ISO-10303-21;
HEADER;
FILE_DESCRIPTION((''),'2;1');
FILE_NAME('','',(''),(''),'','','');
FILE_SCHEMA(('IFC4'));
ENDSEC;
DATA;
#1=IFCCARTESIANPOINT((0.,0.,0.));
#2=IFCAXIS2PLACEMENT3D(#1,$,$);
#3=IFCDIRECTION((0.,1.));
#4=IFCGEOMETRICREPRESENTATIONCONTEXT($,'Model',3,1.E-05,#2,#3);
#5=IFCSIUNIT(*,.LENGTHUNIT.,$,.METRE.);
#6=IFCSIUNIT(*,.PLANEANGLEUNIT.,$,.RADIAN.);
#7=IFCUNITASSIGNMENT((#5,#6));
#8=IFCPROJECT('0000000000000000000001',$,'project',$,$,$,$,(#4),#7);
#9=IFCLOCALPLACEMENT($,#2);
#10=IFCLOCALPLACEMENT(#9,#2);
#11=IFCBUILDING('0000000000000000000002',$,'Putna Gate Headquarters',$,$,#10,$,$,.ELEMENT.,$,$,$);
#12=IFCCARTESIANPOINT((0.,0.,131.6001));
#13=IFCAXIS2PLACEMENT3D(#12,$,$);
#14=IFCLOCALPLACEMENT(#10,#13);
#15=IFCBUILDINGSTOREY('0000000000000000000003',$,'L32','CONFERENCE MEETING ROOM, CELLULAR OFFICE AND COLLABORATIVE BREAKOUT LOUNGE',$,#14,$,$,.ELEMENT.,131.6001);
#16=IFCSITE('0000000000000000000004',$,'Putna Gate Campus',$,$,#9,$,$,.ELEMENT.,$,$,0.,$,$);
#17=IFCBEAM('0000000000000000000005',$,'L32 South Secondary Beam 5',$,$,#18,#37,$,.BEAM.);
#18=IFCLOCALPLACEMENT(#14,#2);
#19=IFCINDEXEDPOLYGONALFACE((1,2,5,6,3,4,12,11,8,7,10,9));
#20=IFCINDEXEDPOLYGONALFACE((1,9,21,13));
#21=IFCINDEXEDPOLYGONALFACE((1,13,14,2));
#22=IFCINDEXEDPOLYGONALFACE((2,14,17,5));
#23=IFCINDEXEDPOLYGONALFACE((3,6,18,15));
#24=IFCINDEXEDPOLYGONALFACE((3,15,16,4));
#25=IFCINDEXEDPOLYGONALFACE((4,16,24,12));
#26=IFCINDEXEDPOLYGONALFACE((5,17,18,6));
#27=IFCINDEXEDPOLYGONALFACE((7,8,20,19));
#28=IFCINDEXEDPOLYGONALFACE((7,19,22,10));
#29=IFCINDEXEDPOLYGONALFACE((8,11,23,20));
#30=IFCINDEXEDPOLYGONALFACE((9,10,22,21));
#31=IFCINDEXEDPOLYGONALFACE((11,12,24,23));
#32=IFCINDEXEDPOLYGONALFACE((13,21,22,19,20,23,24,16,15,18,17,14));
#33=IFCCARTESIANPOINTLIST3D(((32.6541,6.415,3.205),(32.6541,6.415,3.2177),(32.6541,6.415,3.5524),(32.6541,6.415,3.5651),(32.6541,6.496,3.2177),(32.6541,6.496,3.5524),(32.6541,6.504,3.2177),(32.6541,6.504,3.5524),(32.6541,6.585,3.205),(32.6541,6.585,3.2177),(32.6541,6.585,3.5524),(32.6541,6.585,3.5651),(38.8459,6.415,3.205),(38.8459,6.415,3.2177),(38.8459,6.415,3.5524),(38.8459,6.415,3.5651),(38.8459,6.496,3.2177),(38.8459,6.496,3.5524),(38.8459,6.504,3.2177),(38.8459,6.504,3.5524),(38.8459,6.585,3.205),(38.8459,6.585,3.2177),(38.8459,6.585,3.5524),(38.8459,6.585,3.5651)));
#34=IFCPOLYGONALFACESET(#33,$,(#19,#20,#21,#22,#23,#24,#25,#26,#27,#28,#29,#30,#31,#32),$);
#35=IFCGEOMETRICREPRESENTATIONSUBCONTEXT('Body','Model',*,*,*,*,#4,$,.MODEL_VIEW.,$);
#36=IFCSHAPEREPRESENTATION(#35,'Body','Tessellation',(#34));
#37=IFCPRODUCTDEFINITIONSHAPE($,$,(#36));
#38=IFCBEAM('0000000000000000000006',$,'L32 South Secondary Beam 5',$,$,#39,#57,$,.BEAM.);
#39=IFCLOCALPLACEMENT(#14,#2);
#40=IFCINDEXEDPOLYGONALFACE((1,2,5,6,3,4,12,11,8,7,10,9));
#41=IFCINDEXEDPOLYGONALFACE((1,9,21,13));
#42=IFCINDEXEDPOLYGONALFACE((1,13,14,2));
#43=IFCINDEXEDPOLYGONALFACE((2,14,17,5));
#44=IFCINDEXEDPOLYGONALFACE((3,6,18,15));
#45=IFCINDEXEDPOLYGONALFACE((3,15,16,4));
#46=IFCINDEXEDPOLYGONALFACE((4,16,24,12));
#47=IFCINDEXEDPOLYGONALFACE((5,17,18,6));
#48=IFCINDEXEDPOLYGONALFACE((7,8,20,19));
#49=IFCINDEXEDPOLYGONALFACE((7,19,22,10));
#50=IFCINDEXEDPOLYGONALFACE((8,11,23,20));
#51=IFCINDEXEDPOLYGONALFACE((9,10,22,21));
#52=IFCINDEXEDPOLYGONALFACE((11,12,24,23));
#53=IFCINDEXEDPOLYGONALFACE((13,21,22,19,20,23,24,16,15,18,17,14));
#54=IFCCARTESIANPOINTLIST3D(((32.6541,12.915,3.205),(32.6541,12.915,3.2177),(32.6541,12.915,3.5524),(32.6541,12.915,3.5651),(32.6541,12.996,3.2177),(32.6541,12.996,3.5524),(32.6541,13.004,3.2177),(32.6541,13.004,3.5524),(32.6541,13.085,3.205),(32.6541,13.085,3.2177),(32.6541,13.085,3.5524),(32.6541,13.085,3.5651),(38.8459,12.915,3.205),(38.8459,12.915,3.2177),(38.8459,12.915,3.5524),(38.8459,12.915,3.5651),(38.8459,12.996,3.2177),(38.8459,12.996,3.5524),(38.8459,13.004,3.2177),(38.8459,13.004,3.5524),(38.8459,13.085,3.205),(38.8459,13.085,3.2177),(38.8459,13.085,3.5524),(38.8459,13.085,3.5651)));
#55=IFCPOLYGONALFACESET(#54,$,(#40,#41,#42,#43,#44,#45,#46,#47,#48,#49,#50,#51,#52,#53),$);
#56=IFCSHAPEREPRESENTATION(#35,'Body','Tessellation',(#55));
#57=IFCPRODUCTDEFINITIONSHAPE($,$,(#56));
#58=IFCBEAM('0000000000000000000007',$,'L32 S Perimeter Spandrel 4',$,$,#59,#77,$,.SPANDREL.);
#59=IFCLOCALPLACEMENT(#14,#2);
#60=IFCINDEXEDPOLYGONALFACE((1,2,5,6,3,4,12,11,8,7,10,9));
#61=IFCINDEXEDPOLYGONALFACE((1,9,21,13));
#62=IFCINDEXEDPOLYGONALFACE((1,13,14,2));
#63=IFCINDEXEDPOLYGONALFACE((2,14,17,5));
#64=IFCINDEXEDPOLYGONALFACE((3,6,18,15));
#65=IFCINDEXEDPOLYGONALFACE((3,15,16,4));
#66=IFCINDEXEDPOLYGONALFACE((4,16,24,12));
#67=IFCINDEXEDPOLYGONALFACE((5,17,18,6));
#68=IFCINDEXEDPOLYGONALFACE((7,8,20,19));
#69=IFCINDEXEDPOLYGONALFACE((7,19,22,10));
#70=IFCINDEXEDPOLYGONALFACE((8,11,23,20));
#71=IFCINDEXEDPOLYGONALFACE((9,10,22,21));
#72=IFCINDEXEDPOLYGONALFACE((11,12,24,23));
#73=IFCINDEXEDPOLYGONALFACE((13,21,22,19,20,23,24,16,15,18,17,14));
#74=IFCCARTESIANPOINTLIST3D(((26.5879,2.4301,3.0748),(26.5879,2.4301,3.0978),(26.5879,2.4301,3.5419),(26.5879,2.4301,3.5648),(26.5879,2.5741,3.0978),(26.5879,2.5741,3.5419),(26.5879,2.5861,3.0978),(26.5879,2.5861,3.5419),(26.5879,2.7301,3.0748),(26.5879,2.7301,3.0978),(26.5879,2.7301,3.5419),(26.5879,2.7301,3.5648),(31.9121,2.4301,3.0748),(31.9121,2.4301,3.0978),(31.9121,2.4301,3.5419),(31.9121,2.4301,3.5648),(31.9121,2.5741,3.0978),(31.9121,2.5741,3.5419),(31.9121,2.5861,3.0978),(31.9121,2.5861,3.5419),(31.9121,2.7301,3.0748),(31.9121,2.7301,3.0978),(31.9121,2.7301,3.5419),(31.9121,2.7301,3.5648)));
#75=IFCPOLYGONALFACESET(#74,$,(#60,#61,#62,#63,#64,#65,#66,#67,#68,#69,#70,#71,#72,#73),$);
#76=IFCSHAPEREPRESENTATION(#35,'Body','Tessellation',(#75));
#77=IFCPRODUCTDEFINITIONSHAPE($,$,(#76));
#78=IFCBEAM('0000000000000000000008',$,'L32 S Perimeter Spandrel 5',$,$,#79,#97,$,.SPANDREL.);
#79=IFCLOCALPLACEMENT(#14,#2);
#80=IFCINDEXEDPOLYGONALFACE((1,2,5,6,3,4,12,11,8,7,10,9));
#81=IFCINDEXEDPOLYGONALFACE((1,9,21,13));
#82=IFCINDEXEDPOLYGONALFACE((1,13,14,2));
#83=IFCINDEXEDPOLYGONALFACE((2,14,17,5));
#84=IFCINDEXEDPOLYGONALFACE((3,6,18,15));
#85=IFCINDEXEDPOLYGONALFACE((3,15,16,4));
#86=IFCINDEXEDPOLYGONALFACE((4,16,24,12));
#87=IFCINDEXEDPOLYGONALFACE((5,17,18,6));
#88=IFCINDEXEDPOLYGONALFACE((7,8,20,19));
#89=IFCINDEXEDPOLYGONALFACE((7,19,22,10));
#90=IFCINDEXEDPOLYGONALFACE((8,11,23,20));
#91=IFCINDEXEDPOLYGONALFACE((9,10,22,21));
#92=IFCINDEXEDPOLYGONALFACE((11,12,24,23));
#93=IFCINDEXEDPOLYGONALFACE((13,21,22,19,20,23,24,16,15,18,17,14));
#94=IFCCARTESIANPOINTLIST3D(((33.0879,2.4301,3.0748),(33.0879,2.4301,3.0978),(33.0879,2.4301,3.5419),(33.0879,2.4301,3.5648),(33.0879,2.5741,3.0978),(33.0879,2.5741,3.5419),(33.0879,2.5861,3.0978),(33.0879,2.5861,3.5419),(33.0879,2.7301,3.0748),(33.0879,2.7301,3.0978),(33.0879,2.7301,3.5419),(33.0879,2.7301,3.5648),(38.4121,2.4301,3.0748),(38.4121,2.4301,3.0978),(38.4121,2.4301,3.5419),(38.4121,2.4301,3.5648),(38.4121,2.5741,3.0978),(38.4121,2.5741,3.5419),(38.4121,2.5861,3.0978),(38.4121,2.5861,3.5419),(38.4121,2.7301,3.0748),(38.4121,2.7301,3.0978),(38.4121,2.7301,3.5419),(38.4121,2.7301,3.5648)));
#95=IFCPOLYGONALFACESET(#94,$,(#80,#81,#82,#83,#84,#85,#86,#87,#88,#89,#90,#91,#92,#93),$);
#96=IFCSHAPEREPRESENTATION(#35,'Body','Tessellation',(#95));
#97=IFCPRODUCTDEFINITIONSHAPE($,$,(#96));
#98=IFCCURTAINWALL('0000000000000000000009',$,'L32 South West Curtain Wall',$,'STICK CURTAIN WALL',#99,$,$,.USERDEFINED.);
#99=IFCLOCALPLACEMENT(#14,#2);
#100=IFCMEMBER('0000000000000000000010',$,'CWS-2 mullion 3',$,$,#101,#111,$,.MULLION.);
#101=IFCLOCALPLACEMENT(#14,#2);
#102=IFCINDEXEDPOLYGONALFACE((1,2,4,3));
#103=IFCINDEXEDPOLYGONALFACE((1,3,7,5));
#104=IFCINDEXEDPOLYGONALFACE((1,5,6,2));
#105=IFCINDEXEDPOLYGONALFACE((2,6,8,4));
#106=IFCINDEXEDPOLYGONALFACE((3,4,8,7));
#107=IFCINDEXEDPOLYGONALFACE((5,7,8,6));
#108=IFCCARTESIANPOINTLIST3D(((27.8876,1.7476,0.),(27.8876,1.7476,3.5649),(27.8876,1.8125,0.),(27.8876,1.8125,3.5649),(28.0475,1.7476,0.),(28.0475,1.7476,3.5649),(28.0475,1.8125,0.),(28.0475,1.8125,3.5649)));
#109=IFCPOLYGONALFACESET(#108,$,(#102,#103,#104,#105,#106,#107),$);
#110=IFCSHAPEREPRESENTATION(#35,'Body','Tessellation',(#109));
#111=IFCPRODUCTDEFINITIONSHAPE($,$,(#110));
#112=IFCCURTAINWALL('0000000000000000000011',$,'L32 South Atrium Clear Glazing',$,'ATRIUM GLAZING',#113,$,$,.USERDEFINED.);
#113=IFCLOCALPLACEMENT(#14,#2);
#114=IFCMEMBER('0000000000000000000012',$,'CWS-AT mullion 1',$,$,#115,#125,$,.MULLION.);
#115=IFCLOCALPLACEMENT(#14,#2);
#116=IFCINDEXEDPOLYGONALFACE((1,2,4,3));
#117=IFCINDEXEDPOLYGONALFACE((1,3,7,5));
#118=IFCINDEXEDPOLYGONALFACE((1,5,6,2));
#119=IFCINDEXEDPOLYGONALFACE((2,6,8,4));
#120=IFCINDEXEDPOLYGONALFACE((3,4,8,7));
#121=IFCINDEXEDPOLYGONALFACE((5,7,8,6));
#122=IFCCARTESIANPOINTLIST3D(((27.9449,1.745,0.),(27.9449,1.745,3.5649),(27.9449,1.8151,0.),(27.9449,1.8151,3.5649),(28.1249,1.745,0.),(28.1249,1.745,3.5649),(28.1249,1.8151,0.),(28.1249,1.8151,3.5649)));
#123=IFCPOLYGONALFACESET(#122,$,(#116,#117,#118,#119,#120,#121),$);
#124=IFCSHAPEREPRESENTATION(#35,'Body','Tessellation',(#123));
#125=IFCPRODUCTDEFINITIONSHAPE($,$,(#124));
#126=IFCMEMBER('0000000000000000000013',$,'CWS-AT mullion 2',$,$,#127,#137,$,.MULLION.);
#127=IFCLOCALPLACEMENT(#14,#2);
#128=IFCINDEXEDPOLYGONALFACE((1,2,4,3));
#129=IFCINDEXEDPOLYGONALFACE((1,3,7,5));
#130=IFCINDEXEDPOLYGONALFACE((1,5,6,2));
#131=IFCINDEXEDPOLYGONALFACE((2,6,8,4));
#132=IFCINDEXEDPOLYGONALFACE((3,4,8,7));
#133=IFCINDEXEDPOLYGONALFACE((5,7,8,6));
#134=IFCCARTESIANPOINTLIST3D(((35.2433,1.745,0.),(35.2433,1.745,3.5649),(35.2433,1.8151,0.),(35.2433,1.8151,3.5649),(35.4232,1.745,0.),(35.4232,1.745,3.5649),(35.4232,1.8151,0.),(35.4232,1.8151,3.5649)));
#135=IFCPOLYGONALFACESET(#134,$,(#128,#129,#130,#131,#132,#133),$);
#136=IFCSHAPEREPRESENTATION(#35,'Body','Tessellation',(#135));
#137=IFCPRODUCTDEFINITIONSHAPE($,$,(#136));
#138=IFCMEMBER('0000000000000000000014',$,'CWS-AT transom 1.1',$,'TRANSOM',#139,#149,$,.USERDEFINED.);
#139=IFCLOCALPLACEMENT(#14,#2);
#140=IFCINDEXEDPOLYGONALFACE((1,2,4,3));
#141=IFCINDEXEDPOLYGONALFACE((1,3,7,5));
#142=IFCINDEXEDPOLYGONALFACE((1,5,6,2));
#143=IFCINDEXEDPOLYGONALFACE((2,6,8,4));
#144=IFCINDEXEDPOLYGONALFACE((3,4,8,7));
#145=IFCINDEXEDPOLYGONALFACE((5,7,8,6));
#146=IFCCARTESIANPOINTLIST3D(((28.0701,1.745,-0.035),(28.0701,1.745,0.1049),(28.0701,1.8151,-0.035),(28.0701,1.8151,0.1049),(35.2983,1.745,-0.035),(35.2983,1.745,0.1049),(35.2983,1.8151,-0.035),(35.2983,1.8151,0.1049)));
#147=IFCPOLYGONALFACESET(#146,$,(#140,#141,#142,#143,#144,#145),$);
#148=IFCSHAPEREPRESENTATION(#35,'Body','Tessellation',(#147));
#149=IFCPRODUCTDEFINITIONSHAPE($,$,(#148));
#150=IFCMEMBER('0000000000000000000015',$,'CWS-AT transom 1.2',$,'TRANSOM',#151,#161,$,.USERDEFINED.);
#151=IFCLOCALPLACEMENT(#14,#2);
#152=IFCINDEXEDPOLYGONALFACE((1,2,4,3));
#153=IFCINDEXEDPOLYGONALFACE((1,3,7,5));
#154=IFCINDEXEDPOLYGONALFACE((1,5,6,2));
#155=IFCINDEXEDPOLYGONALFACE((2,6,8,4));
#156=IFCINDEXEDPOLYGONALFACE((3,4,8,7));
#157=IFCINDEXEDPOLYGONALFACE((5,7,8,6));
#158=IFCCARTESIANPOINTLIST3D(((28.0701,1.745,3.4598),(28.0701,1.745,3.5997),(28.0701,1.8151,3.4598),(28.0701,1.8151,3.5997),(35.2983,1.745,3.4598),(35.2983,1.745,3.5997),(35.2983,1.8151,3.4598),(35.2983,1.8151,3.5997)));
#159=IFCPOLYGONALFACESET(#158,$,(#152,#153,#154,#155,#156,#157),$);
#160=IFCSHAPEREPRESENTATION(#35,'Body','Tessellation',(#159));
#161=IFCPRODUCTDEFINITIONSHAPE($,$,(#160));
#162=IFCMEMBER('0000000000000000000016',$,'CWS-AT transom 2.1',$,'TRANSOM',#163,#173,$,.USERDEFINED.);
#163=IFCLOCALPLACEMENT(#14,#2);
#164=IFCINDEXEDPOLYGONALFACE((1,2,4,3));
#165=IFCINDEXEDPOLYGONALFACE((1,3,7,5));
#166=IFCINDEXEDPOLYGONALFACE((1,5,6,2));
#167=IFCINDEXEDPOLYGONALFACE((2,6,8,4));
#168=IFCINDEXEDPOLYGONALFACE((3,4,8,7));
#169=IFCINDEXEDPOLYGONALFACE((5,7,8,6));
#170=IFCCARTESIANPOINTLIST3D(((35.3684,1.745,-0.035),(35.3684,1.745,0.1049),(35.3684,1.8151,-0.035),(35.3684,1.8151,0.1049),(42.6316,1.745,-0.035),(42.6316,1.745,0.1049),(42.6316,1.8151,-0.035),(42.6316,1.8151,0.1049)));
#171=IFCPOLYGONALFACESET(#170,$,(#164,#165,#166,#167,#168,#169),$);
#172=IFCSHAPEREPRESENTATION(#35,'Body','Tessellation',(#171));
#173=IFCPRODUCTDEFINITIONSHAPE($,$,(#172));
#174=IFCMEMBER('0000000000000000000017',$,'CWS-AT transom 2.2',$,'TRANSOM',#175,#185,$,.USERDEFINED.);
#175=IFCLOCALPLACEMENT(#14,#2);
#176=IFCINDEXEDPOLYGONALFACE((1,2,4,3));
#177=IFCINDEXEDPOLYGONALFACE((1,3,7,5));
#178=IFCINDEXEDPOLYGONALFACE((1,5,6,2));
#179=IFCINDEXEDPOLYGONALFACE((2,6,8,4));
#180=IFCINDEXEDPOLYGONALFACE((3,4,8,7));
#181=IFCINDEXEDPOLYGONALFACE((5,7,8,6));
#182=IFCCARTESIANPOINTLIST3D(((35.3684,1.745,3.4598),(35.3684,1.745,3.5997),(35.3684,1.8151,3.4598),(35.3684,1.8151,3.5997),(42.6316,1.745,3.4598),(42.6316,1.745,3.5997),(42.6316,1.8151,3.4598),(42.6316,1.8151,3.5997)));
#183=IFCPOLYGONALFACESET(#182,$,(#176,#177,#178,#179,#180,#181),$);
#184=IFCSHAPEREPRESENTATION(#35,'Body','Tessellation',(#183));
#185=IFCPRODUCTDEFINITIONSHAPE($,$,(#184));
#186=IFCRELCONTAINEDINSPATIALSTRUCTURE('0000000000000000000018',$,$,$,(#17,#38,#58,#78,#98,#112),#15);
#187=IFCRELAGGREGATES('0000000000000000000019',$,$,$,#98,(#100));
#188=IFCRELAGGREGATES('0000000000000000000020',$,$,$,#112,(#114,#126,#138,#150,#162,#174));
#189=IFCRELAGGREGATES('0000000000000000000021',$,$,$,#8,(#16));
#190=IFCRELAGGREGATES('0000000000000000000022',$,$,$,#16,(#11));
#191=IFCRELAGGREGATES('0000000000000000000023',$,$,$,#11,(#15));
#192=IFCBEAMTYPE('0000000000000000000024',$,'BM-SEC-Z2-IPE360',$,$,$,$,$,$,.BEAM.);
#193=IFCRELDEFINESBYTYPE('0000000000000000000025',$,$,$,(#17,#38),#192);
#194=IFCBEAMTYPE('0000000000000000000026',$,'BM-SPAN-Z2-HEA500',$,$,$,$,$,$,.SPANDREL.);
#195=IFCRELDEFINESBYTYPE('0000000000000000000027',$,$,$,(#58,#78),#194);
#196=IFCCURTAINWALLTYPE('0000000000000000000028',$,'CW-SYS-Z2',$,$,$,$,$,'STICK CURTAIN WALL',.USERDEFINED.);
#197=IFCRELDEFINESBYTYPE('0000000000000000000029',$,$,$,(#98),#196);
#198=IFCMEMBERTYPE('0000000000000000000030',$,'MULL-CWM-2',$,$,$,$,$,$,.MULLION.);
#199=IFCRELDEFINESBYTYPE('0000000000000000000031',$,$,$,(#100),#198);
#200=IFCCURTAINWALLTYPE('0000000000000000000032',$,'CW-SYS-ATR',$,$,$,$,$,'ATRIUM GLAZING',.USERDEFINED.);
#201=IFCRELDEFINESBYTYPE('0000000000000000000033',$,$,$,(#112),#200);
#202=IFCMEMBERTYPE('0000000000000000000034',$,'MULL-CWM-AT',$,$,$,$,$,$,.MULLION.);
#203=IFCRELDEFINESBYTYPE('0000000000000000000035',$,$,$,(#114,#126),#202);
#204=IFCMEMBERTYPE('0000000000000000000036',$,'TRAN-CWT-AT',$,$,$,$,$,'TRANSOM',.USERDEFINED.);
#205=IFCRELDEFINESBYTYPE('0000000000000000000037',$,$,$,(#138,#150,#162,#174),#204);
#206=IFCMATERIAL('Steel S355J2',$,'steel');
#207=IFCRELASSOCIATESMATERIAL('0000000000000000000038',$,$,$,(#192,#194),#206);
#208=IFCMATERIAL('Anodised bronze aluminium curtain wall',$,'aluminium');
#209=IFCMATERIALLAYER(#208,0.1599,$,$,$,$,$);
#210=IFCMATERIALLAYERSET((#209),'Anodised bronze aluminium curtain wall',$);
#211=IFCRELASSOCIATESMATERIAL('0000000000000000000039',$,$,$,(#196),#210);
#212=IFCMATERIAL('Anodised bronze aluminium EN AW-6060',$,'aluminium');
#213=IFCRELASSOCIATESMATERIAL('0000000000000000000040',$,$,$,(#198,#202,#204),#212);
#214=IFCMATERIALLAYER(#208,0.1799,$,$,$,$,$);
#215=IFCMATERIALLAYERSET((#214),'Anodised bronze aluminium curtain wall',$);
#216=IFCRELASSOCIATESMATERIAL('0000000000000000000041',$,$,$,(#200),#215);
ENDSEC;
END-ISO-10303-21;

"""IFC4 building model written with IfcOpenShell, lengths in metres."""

from ifc_helpers import new_model, si_unit, direction, frame, origin, origin_2d, place, context, subcontext, project, spatial, rectangle, i_section, extrude, material, layer, layer_set, material_profile, profile_set, type_object, element, aggregate, save


model = new_model("IFC4")

# Units and contexts
model_context = context("Model", 3, precision=1e-05, world=origin(), true_north=direction((0.0, 1.0)))
body_context = subcontext(model_context, "Body", "Model", "MODEL_VIEW")
ifc_project = project(units=[si_unit("LENGTHUNIT", "METRE"), si_unit("PLANEANGLEUNIT", "RADIAN")], contexts=[model_context])

# Site, building, storey
site_placement = place(None, origin())
site = spatial("IfcSite", under=ifc_project, at=site_placement, Name="Putna Gate Campus", CompositionType="ELEMENT", RefElevation=0.0)
building_placement = place(site_placement, origin())
building = spatial("IfcBuilding", under=site, at=building_placement, Name="Putna Gate Headquarters", CompositionType="ELEMENT")
storey_placement = place(building_placement, frame((0.0, 0.0, 131.6001)))
storey = spatial("IfcBuildingStorey", under=building, at=storey_placement, Name="L32", Description="CONFERENCE MEETING ROOM, CELLULAR OFFICE AND COLLABORATIVE BREAKOUT LOUNGE", CompositionType="ELEMENT", Elevation=131.6001)

# Beams
ifc_material_1 = material(Name="Steel S355J2", Category="steel")
ifc_material_profile_1 = material_profile(ifc_material_1, i_section(OverallWidth=0.1699, OverallDepth=0.3601, WebThickness=0.0081, FlangeThickness=0.0127, at=origin_2d()), Name="Steel S355J2")
ifc_profile_set_1 = profile_set([ifc_material_profile_1], Name="Steel S355J2")
beam_type_1 = type_object("IfcBeamType", Name="BM-SEC-Z2-IPE360", PredefinedType="BEAM", material=ifc_profile_set_1)
for number, where, z_axis, x_axis, name in (
    (1, (32.6541, 6.5, 3.385), (1.0, 0.0, 0.0), (0.0, 1.0, 0.0), "L32 South Secondary Beam 5"),
    (2, (32.6541, 13.0, 3.385), (1.0, 0.0, 0.0), (0.0, 1.0, 0.0), "L32 South Secondary Beam 5"),
):
    element("IfcBeam", number, at=place(storey_placement, frame(where, z_axis=z_axis, x_axis=x_axis)), inside=storey, type_object=beam_type_1, Name=name, PredefinedType="BEAM", context=body_context, shape_type="SweptSolid", body=[
        extrude(i_section(OverallWidth=0.1699, OverallDepth=0.3601, WebThickness=0.0081, FlangeThickness=0.0127, at=origin_2d()), origin(), (0.0, 0.0, 1.0), 6.1919),
    ])
ifc_material_profile_2 = material_profile(ifc_material_1, i_section(OverallWidth=0.3, OverallDepth=0.49, WebThickness=0.012, FlangeThickness=0.0229, at=origin_2d()), Name="Steel S355J2")
ifc_profile_set_2 = profile_set([ifc_material_profile_2], Name="Steel S355J2")
beam_type_2 = type_object("IfcBeamType", Name="BM-SPAN-Z2-HEA500", PredefinedType="SPANDREL", material=ifc_profile_set_2)
for number, where, z_axis, x_axis, name in (
    (3, (26.5879, 2.5801, 3.3198), (1.0, 0.0, 0.0), (0.0, 1.0, 0.0), "L32 S Perimeter Spandrel 4"),
    (4, (33.0879, 2.5801, 3.3198), (1.0, 0.0, 0.0), (0.0, 1.0, 0.0), "L32 S Perimeter Spandrel 5"),
):
    element("IfcBeam", number, at=place(storey_placement, frame(where, z_axis=z_axis, x_axis=x_axis)), inside=storey, type_object=beam_type_2, Name=name, PredefinedType="SPANDREL", context=body_context, shape_type="SweptSolid", body=[
        extrude(i_section(OverallWidth=0.3, OverallDepth=0.49, WebThickness=0.012, FlangeThickness=0.0229, at=origin_2d()), origin(), (0.0, 0.0, 1.0), 5.3242),
    ])

# Curtain wall, member
ifc_material_2 = material(Name="Anodised bronze aluminium curtain wall", Category="aluminium")
ifc_layer_1 = layer(ifc_material_2, 0.1599)
ifc_layer_set_1 = layer_set([ifc_layer_1], Name="Anodised bronze aluminium curtain wall")
curtain_wall_type_1 = type_object("IfcCurtainWallType", Name="CW-SYS-Z2", ElementType="STICK CURTAIN WALL", PredefinedType="USERDEFINED", material=ifc_layer_set_1)
curtain_wall_1_placement = place(storey_placement, origin())
curtain_wall_1 = element("IfcCurtainWall", 5, at=curtain_wall_1_placement, inside=storey, type_object=curtain_wall_type_1, Name="L32 South West Curtain Wall", ObjectType="STICK CURTAIN WALL", PredefinedType="USERDEFINED")
ifc_material_3 = material(Name="Anodised bronze aluminium EN AW-6060", Category="aluminium")
ifc_material_profile_3 = material_profile(ifc_material_3, rectangle(XDim=0.0649, YDim=0.1599, at=origin_2d()), Name="Anodised bronze aluminium EN AW-6060")
ifc_profile_set_3 = profile_set([ifc_material_profile_3], Name="Anodised bronze aluminium EN AW-6060")
member_type_1 = type_object("IfcMemberType", Name="MULL-CWM-2", PredefinedType="MULLION", material=ifc_profile_set_3)
member_1_placement = place(storey_placement, frame((27.9675, 1.78, 0.0), z_axis=(0.0, 0.0, 1.0), x_axis=(0.0, 1.0, 0.0)))
member_1 = element("IfcMember", 6, at=member_1_placement, type_object=member_type_1, Name="CWS-2 mullion 3", PredefinedType="MULLION", context=body_context, shape_type="SweptSolid", body=[
    extrude(rectangle(XDim=0.0649, YDim=0.1599, at=origin_2d()), origin(), (0.0, 0.0, 1.0), 3.5649),
])
aggregate(curtain_wall_1, [member_1])

# Curtain wall, members
ifc_layer_2 = layer(ifc_material_2, 0.1799)
ifc_layer_set_2 = layer_set([ifc_layer_2], Name="Anodised bronze aluminium curtain wall")
curtain_wall_type_2 = type_object("IfcCurtainWallType", Name="CW-SYS-ATR", ElementType="ATRIUM GLAZING", PredefinedType="USERDEFINED", material=ifc_layer_set_2)
curtain_wall_2_placement = place(storey_placement, origin())
curtain_wall_2 = element("IfcCurtainWall", 7, at=curtain_wall_2_placement, inside=storey, type_object=curtain_wall_type_2, Name="L32 South Atrium Clear Glazing", ObjectType="ATRIUM GLAZING", PredefinedType="USERDEFINED")
ifc_material_profile_4 = material_profile(ifc_material_3, rectangle(XDim=0.0701, YDim=0.1799, at=origin_2d()), Name="Anodised bronze aluminium EN AW-6060")
ifc_profile_set_4 = profile_set([ifc_material_profile_4], Name="Anodised bronze aluminium EN AW-6060")
member_type_2 = type_object("IfcMemberType", Name="MULL-CWM-AT", PredefinedType="MULLION", material=ifc_profile_set_4)
member_2_placement = place(storey_placement, frame((28.0349, 1.78, 0.0), z_axis=(0.0, 0.0, 1.0), x_axis=(0.0, 1.0, 0.0)))
member_2 = element("IfcMember", 8, at=member_2_placement, type_object=member_type_2, Name="CWS-AT mullion 1", PredefinedType="MULLION", context=body_context, shape_type="SweptSolid", body=[
    extrude(rectangle(XDim=0.0701, YDim=0.1799, at=origin_2d()), origin(), (0.0, 0.0, 1.0), 3.5649),
])
member_3_placement = place(storey_placement, frame((35.3333, 1.78, 0.0), z_axis=(0.0, 0.0, 1.0), x_axis=(0.0, 1.0, 0.0)))
member_3 = element("IfcMember", 9, at=member_3_placement, type_object=member_type_2, Name="CWS-AT mullion 2", PredefinedType="MULLION", context=body_context, shape_type="SweptSolid", body=[
    extrude(rectangle(XDim=0.0701, YDim=0.1799, at=origin_2d()), origin(), (0.0, 0.0, 1.0), 3.5649),
])
ifc_material_profile_5 = material_profile(ifc_material_3, rectangle(XDim=0.0701, YDim=0.1399, at=origin_2d()), Name="Anodised bronze aluminium EN AW-6060")
ifc_profile_set_5 = profile_set([ifc_material_profile_5], Name="Anodised bronze aluminium EN AW-6060")
member_type_3 = type_object("IfcMemberType", Name="TRAN-CWT-AT", ElementType="TRANSOM", PredefinedType="USERDEFINED", material=ifc_profile_set_5)
member_4_placement = place(storey_placement, frame((28.0701, 1.78, 0.0349), z_axis=(1.0, 0.0, 0.0), x_axis=(0.0, 1.0, 0.0)))
member_4 = element("IfcMember", 10, at=member_4_placement, type_object=member_type_3, Name="CWS-AT transom 1.1", ObjectType="TRANSOM", PredefinedType="USERDEFINED", context=body_context, shape_type="SweptSolid", body=[
    extrude(rectangle(XDim=0.0701, YDim=0.1399, at=origin_2d()), origin(), (0.0, 0.0, 1.0), 7.2283),
])
member_5_placement = place(storey_placement, frame((28.0701, 1.78, 3.5298), z_axis=(1.0, 0.0, 0.0), x_axis=(0.0, 1.0, 0.0)))
member_5 = element("IfcMember", 11, at=member_5_placement, type_object=member_type_3, Name="CWS-AT transom 1.2", ObjectType="TRANSOM", PredefinedType="USERDEFINED", context=body_context, shape_type="SweptSolid", body=[
    extrude(rectangle(XDim=0.0701, YDim=0.1399, at=origin_2d()), origin(), (0.0, 0.0, 1.0), 7.2283),
])
member_6_placement = place(storey_placement, frame((35.3684, 1.78, 0.0349), z_axis=(1.0, 0.0, 0.0), x_axis=(0.0, 1.0, 0.0)))
member_6 = element("IfcMember", 12, at=member_6_placement, type_object=member_type_3, Name="CWS-AT transom 2.1", ObjectType="TRANSOM", PredefinedType="USERDEFINED", context=body_context, shape_type="SweptSolid", body=[
    extrude(rectangle(XDim=0.0701, YDim=0.1399, at=origin_2d()), origin(), (0.0, 0.0, 1.0), 7.2632),
])
member_7_placement = place(storey_placement, frame((35.3684, 1.78, 3.5298), z_axis=(1.0, 0.0, 0.0), x_axis=(0.0, 1.0, 0.0)))
member_7 = element("IfcMember", 13, at=member_7_placement, type_object=member_type_3, Name="CWS-AT transom 2.2", ObjectType="TRANSOM", PredefinedType="USERDEFINED", context=body_context, shape_type="SweptSolid", body=[
    extrude(rectangle(XDim=0.0701, YDim=0.1399, at=origin_2d()), origin(), (0.0, 0.0, 1.0), 7.2632),
])
aggregate(curtain_wall_2, [member_2, member_3, member_4, member_5, member_6, member_7])

save(model, "model.ifc")
